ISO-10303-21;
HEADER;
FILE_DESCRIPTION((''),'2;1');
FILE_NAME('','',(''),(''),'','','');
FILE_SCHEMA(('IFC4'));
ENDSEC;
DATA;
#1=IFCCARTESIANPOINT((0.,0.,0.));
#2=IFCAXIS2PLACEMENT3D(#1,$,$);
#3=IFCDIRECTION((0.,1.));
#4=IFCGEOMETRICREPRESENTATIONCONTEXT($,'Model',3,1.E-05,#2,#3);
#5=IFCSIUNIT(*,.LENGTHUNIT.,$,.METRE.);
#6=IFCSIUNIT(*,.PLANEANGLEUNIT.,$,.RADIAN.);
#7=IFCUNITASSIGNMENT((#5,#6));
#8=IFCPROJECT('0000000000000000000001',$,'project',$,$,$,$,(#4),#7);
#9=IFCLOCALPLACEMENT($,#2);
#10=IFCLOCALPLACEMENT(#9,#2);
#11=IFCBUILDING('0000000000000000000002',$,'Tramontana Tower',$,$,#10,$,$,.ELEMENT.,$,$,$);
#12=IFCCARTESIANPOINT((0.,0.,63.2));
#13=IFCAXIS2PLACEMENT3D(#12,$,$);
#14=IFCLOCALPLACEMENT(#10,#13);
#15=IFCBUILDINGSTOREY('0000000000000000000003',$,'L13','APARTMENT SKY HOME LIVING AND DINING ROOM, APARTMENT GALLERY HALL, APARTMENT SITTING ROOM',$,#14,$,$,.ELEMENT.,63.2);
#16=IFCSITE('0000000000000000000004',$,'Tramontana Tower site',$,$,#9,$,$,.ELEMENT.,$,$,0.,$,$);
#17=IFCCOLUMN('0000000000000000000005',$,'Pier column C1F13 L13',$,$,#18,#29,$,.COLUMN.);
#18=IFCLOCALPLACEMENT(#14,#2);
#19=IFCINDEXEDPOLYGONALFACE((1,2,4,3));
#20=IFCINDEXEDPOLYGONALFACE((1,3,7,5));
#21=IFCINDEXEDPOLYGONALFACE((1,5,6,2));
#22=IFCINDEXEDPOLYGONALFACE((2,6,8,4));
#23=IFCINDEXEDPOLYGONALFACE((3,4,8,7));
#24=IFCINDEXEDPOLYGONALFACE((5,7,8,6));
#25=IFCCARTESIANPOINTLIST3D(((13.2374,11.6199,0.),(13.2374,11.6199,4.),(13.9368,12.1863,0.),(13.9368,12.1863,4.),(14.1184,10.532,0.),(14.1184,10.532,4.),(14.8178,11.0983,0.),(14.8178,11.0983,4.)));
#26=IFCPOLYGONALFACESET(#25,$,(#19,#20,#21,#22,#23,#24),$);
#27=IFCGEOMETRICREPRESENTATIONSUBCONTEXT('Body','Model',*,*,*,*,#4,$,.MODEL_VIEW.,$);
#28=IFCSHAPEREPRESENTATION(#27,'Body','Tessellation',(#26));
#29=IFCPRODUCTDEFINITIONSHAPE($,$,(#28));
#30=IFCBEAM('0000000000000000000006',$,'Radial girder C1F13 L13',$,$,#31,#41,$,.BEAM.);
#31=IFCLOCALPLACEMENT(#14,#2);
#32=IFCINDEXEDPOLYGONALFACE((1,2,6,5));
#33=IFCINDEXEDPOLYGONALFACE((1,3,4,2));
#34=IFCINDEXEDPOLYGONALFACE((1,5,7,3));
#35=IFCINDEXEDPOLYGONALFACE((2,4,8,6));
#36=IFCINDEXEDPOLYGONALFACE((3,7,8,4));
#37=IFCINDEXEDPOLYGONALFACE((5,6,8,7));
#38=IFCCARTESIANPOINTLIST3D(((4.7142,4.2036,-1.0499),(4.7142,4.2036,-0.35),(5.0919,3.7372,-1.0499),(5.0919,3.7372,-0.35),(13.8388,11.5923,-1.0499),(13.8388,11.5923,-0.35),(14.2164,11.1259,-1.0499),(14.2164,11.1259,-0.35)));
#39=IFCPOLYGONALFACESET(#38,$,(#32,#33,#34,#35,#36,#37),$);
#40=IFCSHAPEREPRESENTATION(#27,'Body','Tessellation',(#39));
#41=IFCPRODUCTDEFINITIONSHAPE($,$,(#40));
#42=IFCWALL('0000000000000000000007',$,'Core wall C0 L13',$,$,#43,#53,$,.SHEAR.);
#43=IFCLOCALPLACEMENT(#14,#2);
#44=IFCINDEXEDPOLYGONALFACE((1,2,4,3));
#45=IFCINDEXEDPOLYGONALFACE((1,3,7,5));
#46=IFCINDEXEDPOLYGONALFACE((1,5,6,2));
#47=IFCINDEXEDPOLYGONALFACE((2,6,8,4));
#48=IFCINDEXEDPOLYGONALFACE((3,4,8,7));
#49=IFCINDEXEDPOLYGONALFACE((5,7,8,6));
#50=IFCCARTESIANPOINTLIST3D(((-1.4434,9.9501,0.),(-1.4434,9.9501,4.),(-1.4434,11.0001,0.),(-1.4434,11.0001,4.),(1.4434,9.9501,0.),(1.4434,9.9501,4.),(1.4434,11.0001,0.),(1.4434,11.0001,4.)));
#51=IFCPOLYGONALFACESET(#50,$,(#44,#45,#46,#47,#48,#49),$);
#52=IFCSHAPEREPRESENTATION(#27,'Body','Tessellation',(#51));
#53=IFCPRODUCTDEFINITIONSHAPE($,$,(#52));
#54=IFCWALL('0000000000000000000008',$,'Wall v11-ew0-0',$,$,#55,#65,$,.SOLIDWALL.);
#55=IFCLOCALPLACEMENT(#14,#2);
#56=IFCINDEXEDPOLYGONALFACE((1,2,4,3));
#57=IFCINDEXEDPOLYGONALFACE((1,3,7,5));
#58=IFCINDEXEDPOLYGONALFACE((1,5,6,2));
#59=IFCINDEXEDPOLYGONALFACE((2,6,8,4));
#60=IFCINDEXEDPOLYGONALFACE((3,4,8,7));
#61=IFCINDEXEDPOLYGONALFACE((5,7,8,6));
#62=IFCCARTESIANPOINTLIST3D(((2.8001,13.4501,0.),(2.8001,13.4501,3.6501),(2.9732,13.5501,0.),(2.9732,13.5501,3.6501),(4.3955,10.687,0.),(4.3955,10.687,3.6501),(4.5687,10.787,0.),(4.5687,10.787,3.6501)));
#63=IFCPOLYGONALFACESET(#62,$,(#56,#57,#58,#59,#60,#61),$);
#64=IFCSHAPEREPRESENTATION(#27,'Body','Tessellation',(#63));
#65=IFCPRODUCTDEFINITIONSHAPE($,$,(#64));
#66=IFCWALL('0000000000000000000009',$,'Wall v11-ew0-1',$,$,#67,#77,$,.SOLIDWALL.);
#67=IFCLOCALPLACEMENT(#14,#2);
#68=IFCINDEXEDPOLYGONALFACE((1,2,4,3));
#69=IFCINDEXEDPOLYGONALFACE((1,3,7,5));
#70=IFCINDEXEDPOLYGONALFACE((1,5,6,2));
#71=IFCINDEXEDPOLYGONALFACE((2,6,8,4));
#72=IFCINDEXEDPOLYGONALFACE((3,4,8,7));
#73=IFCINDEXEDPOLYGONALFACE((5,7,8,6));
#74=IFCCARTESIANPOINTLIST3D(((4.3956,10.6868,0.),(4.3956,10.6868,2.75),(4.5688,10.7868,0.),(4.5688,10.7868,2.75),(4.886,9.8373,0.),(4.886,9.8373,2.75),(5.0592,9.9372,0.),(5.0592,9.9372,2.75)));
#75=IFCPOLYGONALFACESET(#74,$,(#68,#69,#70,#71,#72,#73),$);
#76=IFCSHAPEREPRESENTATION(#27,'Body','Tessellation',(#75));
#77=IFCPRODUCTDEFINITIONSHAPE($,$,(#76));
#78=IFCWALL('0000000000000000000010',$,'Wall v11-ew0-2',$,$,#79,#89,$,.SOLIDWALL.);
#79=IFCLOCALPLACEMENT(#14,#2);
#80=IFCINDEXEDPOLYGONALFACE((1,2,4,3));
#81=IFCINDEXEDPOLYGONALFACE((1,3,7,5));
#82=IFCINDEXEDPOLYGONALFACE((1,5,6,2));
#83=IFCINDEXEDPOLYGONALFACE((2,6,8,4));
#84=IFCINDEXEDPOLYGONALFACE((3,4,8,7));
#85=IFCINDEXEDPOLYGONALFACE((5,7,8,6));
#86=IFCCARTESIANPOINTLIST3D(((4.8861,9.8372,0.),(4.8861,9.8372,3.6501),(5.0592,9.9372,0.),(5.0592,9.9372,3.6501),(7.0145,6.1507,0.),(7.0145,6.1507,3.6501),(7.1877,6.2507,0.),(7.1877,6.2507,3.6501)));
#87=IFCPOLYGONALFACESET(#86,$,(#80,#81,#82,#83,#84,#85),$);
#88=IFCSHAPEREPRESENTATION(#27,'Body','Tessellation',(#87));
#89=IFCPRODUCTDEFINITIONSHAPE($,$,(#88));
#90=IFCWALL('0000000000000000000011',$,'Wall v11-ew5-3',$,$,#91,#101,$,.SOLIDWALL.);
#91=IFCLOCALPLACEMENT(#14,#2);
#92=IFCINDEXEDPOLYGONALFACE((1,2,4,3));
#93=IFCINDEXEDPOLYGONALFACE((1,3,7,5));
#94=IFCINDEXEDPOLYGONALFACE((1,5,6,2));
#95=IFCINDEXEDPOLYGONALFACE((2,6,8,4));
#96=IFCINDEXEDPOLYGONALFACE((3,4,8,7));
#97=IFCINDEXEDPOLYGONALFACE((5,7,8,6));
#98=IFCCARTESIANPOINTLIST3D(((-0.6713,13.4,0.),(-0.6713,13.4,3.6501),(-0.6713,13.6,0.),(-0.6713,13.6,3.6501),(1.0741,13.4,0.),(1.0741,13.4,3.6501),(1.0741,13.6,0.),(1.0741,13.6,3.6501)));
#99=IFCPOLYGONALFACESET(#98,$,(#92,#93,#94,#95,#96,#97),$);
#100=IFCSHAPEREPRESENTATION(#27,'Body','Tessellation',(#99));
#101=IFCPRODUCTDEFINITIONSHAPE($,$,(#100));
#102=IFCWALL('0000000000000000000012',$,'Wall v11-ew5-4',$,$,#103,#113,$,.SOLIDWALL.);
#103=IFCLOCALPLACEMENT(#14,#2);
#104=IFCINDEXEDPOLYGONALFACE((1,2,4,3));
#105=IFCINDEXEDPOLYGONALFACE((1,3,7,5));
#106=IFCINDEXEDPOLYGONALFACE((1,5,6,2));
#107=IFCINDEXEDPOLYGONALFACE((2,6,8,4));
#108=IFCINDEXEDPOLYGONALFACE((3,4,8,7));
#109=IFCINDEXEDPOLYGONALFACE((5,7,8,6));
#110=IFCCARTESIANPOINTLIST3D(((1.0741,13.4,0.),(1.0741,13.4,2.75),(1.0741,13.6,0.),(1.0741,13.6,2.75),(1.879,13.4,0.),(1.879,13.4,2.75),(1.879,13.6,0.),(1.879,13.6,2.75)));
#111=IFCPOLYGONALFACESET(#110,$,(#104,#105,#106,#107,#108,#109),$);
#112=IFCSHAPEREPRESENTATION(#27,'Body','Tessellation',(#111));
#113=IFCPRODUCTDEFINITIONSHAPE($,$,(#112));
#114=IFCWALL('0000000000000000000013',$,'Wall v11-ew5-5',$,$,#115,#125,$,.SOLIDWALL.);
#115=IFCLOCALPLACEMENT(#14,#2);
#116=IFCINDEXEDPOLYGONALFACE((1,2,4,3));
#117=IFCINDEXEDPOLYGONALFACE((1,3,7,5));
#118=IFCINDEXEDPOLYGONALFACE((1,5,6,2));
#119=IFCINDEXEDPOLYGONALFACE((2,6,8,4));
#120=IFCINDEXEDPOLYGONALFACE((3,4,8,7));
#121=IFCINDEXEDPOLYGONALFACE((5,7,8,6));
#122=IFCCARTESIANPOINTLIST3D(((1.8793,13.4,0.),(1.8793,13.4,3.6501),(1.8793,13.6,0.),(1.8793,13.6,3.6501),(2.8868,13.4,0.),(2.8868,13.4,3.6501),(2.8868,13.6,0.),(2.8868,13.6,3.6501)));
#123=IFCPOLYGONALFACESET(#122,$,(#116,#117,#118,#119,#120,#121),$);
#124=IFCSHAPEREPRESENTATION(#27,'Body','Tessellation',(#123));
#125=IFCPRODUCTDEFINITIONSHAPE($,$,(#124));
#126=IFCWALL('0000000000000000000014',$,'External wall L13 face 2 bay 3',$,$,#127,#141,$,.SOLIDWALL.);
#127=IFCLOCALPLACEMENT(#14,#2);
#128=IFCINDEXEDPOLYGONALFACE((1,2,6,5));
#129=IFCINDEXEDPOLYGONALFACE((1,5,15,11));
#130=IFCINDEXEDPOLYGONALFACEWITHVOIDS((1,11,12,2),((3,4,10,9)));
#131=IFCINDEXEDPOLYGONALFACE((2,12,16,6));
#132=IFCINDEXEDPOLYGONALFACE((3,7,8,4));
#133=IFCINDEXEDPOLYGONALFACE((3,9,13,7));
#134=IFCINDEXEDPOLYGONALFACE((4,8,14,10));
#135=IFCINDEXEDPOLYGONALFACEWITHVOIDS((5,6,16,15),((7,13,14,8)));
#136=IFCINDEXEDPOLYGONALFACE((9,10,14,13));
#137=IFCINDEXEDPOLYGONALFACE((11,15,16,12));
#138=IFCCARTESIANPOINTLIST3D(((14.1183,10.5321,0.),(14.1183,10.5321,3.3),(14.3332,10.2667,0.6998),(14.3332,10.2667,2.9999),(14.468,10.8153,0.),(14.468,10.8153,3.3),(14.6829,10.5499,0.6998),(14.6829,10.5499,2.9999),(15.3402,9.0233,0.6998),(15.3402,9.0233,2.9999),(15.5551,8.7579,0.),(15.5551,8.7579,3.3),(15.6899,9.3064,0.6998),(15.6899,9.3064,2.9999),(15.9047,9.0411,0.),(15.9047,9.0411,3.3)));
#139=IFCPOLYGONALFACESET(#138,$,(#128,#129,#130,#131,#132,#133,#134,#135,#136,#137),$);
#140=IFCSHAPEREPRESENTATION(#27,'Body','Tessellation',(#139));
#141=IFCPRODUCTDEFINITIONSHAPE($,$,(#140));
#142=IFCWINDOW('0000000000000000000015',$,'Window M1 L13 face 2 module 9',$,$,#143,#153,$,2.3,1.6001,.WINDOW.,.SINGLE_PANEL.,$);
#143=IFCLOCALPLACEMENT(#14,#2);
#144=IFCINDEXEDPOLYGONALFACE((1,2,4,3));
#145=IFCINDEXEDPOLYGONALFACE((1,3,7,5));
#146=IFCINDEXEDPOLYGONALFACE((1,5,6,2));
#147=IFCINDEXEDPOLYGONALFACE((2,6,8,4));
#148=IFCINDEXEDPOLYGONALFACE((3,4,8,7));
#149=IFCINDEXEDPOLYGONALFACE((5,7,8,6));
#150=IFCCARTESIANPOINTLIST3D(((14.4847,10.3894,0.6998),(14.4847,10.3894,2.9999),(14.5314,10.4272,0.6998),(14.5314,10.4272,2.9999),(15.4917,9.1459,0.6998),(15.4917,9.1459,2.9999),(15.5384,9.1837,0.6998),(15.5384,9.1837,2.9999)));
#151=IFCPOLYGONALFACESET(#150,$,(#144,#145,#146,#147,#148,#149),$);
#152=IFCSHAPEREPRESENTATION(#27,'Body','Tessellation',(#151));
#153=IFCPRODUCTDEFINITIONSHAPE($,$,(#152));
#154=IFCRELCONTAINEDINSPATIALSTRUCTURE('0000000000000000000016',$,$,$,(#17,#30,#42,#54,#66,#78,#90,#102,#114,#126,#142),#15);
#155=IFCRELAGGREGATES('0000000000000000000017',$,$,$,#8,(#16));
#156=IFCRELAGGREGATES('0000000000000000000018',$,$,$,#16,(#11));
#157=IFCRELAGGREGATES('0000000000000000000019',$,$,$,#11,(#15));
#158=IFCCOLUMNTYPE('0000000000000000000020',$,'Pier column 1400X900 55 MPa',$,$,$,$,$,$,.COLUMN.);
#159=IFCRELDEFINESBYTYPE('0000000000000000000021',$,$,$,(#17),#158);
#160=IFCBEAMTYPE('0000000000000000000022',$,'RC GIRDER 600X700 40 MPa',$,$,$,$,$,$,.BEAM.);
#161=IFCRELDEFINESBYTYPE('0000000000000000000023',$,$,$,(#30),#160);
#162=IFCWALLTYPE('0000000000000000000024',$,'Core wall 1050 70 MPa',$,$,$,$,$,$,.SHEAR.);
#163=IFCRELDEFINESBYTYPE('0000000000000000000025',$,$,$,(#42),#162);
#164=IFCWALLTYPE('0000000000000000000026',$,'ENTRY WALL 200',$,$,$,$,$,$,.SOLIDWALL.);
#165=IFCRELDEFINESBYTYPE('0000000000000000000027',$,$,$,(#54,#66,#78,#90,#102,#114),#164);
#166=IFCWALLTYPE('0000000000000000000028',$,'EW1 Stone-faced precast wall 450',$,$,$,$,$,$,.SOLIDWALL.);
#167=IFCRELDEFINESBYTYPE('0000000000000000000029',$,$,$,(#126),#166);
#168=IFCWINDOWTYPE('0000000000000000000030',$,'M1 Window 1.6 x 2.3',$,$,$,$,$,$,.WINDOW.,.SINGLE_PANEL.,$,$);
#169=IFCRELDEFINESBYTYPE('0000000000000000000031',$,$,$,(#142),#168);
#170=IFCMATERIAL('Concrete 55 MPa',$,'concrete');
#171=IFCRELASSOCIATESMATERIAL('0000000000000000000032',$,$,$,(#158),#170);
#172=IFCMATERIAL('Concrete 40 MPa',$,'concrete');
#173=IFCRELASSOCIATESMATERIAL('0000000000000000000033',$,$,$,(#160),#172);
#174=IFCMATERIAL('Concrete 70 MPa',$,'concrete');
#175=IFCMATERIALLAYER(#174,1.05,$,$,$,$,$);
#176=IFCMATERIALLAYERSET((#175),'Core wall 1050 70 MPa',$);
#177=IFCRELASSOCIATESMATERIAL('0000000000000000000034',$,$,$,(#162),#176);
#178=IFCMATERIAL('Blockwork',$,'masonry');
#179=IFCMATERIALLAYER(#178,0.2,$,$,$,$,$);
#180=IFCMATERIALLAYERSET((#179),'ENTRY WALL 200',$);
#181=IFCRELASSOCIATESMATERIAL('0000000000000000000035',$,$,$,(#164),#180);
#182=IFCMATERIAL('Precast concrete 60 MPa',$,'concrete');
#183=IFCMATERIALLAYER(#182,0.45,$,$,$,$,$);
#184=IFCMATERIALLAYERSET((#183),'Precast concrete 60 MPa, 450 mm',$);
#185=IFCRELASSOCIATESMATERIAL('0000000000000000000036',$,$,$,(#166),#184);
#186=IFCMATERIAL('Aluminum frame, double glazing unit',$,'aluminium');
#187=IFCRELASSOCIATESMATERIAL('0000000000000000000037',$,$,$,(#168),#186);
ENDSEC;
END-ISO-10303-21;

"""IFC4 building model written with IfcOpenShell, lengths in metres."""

from ifc_helpers import new_model, si_unit, direction, frame, frame_2d, origin, origin_2d, place, context, subcontext, project, spatial, rectangle, extrude, material, layer, layer_set, material_profile, profile_set, type_object, element, fill, save


model = new_model("IFC4")

# Units and contexts
model_context = context("Model", 3, precision=1e-05, world=origin(), true_north=direction((0.0, 1.0)))
body_context = subcontext(model_context, "Body", "Model", "MODEL_VIEW")
ifc_project = project(units=[si_unit("LENGTHUNIT", "METRE"), si_unit("PLANEANGLEUNIT", "RADIAN")], contexts=[model_context])

# Site, building, storey
site_placement = place(None, origin())
site = spatial("IfcSite", under=ifc_project, at=site_placement, Name="Tramontana Tower site", CompositionType="ELEMENT", RefElevation=0.0)
building_placement = place(site_placement, origin())
building = spatial("IfcBuilding", under=site, at=building_placement, Name="Tramontana Tower", CompositionType="ELEMENT")
storey_placement = place(building_placement, frame((0.0, 0.0, 63.2)))
storey = spatial("IfcBuildingStorey", under=building, at=storey_placement, Name="L13", Description="APARTMENT SKY HOME LIVING AND DINING ROOM, APARTMENT GALLERY HALL, APARTMENT SITTING ROOM", CompositionType="ELEMENT", Elevation=63.2)

# Column
ifc_material_1 = material(Name="Concrete 55 MPa", Category="concrete")
ifc_material_profile_1 = material_profile(ifc_material_1, rectangle(XDim=1.3999, YDim=0.8999, at=origin_2d()), Name="Pier column 1400X900 55 MPa")
ifc_profile_set_1 = profile_set([ifc_material_profile_1], Name="Concrete 55 MPa")
column_type = type_object("IfcColumnType", Name="Pier column 1400X900 55 MPa", PredefinedType="COLUMN", material=ifc_profile_set_1)
column_placement = place(storey_placement, frame((14.0276, 11.3591, 0.0), z_axis=(0.0, 0.0, 1.0), x_axis=(-0.62932, 0.777146, 0.0)))
element("IfcColumn", 1, at=column_placement, inside=storey, type_object=column_type, Name="Pier column C1F13 L13", PredefinedType="COLUMN", context=body_context, shape_type="SweptSolid", body=[
    extrude(rectangle(XDim=1.3999, YDim=0.8999, at=origin_2d()), origin(), (0.0, 0.0, 1.0), 4.0),
])

# Beam
ifc_material_2 = material(Name="Concrete 40 MPa", Category="concrete")
ifc_material_profile_2 = material_profile(ifc_material_2, rectangle(XDim=0.6001, YDim=0.7, at=origin_2d()), Name="RC GIRDER 600X700 40 MPa")
ifc_profile_set_2 = profile_set([ifc_material_profile_2], Name="Concrete 40 MPa")
beam_type = type_object("IfcBeamType", Name="RC GIRDER 600X700 40 MPa", PredefinedType="BEAM", material=ifc_profile_set_2)
beam_placement = place(storey_placement, frame((14.0276, 11.3591, -0.7), z_axis=(-0.777155, -0.629309, 0.0), x_axis=(0.629309, -0.777155, 0.0)))
element("IfcBeam", 2, at=beam_placement, inside=storey, type_object=beam_type, Name="Radial girder C1F13 L13", PredefinedType="BEAM", context=body_context, shape_type="SweptSolid", body=[
    extrude(rectangle(XDim=0.6001, YDim=0.7, at=origin_2d()), origin(), (0.0, 0.0, 1.0), 11.741),
])

# Walls
ifc_material_3 = material(Name="Concrete 70 MPa", Category="concrete")
ifc_layer_1 = layer(ifc_material_3, 1.05)
ifc_layer_set_1 = layer_set([ifc_layer_1], Name="Core wall 1050 70 MPa")
wall_type_1 = type_object("IfcWallType", Name="Core wall 1050 70 MPa", PredefinedType="SHEAR", material=ifc_layer_set_1)
wall_1_placement = place(storey_placement, frame((1.4434, 10.4751, 0.0), z_axis=(0.0, 0.0, 1.0), x_axis=(-1.0, 0.0, 0.0)))
element("IfcWall", 3, at=wall_1_placement, inside=storey, type_object=wall_type_1, Name="Core wall C0 L13", PredefinedType="SHEAR", context=body_context, shape_type="SweptSolid", body=[
    extrude(rectangle(XDim=2.8867, YDim=1.05, at=frame_2d((1.4434, 0.0))), origin(), (0.0, 0.0, 1.0), 4.0),
])
ifc_material_4 = material(Name="Blockwork", Category="masonry")
ifc_layer_2 = layer(ifc_material_4, 0.2)
ifc_layer_set_2 = layer_set([ifc_layer_2], Name="ENTRY WALL 200")
wall_type_2 = type_object("IfcWallType", Name="ENTRY WALL 200", PredefinedType="SOLIDWALL", material=ifc_layer_set_2)
wall_2_placement = place(storey_placement, frame((2.8867, 13.5, 0.0), z_axis=(0.0, 0.0, 1.0), x_axis=(0.500032, -0.866007, 0.0)))
element("IfcWall", 4, at=wall_2_placement, inside=storey, type_object=wall_type_2, Name="Wall v11-ew0-0", PredefinedType="SOLIDWALL", context=body_context, shape_type="SweptSolid", body=[
    extrude(rectangle(XDim=3.1907, YDim=0.2, at=frame_2d((1.5952, 0.0))), origin(), (0.0, 0.0, 1.0), 3.6501),
])
wall_3_placement = place(storey_placement, frame((4.4822, 10.7368, 0.0), z_axis=(0.0, 0.0, 1.0), x_axis=(0.499967, -0.866045, 0.0)))
element("IfcWall", 5, at=wall_3_placement, inside=storey, type_object=wall_type_2, Name="Wall v11-ew0-1", PredefinedType="SOLIDWALL", context=body_context, shape_type="SweptSolid", body=[
    extrude(rectangle(XDim=0.981, YDim=0.2, at=frame_2d((0.4905, 0.0))), origin(), (0.0, 0.0, 1.0), 2.75),
])
wall_4_placement = place(storey_placement, frame((4.9727, 9.8872, 0.0), z_axis=(0.0, 0.0, 1.0), x_axis=(0.5, -0.866025, 0.0)))
element("IfcWall", 6, at=wall_4_placement, inside=storey, type_object=wall_type_2, Name="Wall v11-ew0-2", PredefinedType="SOLIDWALL", context=body_context, shape_type="SweptSolid", body=[
    extrude(rectangle(XDim=4.2568, YDim=0.2, at=frame_2d((2.1284, 0.0))), origin(), (0.0, 0.0, 1.0), 3.6501),
])
wall_5_placement = place(storey_placement, frame((-0.6711, 13.5, 0.0), z_axis=(0.0, 0.0, 1.0), x_axis=(1.0, 0.0, 0.0)))
element("IfcWall", 7, at=wall_5_placement, inside=storey, type_object=wall_type_2, Name="Wall v11-ew5-3", PredefinedType="SOLIDWALL", context=body_context, shape_type="SweptSolid", body=[
    extrude(rectangle(XDim=1.7454, YDim=0.2, at=frame_2d((0.8726, 0.0))), origin(), (0.0, 0.0, 1.0), 3.6501),
])
wall_6_placement = place(storey_placement, frame((1.0742, 13.5, 0.0), z_axis=(0.0, 0.0, 1.0), x_axis=(1.0, 0.0, 0.0)))
element("IfcWall", 8, at=wall_6_placement, inside=storey, type_object=wall_type_2, Name="Wall v11-ew5-4", PredefinedType="SOLIDWALL", context=body_context, shape_type="SweptSolid", body=[
    extrude(rectangle(XDim=0.8049, YDim=0.2, at=frame_2d((0.4023, 0.0))), origin(), (0.0, 0.0, 1.0), 2.75),
])
wall_7_placement = place(storey_placement, frame((1.8792, 13.5, 0.0), z_axis=(0.0, 0.0, 1.0), x_axis=(1.0, 0.0, 0.0)))
element("IfcWall", 9, at=wall_7_placement, inside=storey, type_object=wall_type_2, Name="Wall v11-ew5-5", PredefinedType="SOLIDWALL", context=body_context, shape_type="SweptSolid", body=[
    extrude(rectangle(XDim=1.0076, YDim=0.2, at=frame_2d((0.5039, 0.0))), origin(), (0.0, 0.0, 1.0), 3.6501),
])

# Wall, opening, window
ifc_material_5 = material(Name="Precast concrete 60 MPa", Category="concrete")
ifc_layer_3 = layer(ifc_material_5, 0.45)
ifc_layer_set_3 = layer_set([ifc_layer_3], Name="Precast concrete 60 MPa, 450 mm")
wall_type_3 = type_object("IfcWallType", Name="EW1 Stone-faced precast wall 450", PredefinedType="SOLIDWALL", material=ifc_layer_set_3)
wall_8_placement = place(storey_placement, frame((15.73, 8.8994, 0.0), z_axis=(0.0, 0.0, 1.0), x_axis=(-0.62934, 0.77713, 0.0)))
wall_8 = element("IfcWall", 10, at=wall_8_placement, inside=storey, type_object=wall_type_3, Name="External wall L13 face 2 bay 3", PredefinedType="SOLIDWALL", context=body_context, shape_type="SweptSolid", body=[
    extrude(rectangle(XDim=2.283, YDim=0.45, at=frame_2d((1.1416, 0.0))), origin(), (0.0, 0.0, 1.0), 3.3),
])
opening_1_placement = place(wall_8_placement, frame((0.3416, 0.0, 0.7)))
opening_1 = element("IfcOpeningElement", 11, at=opening_1_placement, cuts=wall_8, PredefinedType="OPENING", context=body_context, shape_type="SweptSolid", body=[
    extrude(rectangle(XDim=1.6001, YDim=2.3, at=frame_2d((0.8, 1.1499))), frame((0.0, 0.2349, 0.0), z_axis=(0.0, -1.0, 0.0), x_axis=(1.0, 0.0, 0.0)), (0.0, 0.0, 1.0), 0.47),
])
ifc_material_6 = material(Name="Aluminum frame, double glazing unit", Category="aluminium")
window_type_1 = type_object("IfcWindowType", Name="M1 Window 1.6 x 2.3", PartitioningType="SINGLE_PANEL", PredefinedType="WINDOW", material=ifc_material_6)
window_1_placement = place(opening_1_placement, origin())
window_1 = element("IfcWindow", 12, at=window_1_placement, inside=storey, type_object=window_type_1, Name="Window M1 L13 face 2 module 9", OverallHeight=2.3, OverallWidth=1.6001, PartitioningType="SINGLE_PANEL", PredefinedType="WINDOW", context=body_context, shape_type="SweptSolid", body=[
    extrude(rectangle(XDim=1.6001, YDim=2.3, at=frame_2d((0.8, 1.1499))), frame((0.0, 0.03, 0.0), z_axis=(0.0, -1.0, 0.0), x_axis=(1.0, 0.0, 0.0)), (0.0, 0.0, 1.0), 0.0601),
])
fill(opening_1, window_1)

save(model, "model.ifc")
